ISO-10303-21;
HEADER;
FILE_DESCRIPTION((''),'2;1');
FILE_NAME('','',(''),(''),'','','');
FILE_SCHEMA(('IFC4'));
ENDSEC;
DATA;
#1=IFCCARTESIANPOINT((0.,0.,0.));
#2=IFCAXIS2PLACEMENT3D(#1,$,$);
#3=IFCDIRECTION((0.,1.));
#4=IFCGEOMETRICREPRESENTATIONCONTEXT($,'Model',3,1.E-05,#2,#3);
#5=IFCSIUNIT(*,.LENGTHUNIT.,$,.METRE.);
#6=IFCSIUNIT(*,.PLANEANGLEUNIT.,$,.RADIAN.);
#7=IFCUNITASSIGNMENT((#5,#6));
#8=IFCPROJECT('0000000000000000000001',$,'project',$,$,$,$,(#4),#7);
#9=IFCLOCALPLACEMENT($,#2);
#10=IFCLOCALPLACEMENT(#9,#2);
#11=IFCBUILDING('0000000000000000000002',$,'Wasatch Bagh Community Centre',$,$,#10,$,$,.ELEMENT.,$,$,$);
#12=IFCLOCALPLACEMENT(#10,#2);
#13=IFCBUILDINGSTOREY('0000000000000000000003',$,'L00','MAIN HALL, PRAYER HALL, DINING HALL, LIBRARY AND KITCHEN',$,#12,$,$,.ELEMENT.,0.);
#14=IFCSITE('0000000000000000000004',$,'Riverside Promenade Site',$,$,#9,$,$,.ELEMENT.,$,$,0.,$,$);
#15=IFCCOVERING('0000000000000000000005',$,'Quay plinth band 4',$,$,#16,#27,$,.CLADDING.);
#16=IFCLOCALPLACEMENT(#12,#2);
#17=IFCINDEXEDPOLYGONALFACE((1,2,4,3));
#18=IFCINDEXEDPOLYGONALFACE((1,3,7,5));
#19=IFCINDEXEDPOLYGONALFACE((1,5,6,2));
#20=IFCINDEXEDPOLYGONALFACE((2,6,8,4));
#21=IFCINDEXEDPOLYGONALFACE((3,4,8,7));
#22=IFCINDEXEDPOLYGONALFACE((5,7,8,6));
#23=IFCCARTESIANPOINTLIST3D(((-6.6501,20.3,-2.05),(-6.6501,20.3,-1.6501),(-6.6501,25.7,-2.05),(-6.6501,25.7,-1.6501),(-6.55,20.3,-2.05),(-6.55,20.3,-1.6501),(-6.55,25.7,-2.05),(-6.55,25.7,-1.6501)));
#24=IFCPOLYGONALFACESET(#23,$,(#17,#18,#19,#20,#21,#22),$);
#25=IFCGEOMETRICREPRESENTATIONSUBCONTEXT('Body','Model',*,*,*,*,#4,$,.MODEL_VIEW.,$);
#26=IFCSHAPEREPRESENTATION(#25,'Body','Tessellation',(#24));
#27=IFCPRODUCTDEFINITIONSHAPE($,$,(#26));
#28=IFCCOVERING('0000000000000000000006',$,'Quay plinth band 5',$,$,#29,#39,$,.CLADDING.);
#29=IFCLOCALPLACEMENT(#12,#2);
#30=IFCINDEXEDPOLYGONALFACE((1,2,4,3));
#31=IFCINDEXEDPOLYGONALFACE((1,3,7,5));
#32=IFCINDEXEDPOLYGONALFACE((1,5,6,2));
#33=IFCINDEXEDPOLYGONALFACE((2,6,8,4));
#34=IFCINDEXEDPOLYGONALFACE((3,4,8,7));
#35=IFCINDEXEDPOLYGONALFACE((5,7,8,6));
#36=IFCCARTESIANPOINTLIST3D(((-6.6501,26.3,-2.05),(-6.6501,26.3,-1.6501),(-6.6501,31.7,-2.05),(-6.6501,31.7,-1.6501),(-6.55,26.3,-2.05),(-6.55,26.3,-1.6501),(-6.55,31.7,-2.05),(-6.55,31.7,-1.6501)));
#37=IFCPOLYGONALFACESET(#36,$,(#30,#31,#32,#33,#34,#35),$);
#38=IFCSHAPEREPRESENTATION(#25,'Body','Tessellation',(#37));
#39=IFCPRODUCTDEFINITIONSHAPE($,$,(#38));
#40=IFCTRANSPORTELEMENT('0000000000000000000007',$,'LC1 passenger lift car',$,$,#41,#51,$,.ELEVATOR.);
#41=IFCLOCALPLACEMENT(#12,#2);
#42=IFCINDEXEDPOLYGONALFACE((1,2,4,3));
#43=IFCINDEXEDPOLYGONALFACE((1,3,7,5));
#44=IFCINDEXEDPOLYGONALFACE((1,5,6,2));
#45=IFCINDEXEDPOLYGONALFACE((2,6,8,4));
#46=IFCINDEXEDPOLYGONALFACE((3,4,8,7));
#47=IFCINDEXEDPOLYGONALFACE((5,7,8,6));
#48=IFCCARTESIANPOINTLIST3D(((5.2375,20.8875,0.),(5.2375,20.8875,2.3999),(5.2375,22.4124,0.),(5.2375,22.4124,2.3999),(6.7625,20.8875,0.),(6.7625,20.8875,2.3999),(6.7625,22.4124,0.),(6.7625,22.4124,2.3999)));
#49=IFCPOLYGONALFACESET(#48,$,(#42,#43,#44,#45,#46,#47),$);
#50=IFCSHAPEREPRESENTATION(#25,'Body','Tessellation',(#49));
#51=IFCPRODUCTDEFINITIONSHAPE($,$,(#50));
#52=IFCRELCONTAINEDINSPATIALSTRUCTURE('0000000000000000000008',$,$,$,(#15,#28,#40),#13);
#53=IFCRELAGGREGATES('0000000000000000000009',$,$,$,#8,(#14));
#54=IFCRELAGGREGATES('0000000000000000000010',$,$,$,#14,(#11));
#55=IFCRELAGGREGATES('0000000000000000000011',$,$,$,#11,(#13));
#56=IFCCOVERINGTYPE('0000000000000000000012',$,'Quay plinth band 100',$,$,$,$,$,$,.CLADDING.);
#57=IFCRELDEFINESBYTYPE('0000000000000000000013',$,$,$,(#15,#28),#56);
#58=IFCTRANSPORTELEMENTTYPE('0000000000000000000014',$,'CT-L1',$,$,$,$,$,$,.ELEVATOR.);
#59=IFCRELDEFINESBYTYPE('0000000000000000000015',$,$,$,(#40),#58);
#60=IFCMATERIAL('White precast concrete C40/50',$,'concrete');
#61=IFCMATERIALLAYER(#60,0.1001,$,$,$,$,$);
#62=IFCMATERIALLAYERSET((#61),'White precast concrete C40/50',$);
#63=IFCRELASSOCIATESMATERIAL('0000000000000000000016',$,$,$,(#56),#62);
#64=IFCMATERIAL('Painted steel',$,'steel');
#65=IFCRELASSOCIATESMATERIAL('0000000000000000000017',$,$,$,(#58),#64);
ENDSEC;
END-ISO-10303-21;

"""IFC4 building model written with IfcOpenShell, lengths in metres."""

from ifc_helpers import new_model, si_unit, direction, frame, origin, origin_2d, place, context, subcontext, project, spatial, rectangle, extrude, material, layer, layer_set, type_object, element, save


model = new_model("IFC4")

# Units and contexts
model_context = context("Model", 3, precision=1e-05, world=origin(), true_north=direction((0.0, 1.0)))
body_context = subcontext(model_context, "Body", "Model", "MODEL_VIEW")
ifc_project = project(units=[si_unit("LENGTHUNIT", "METRE"), si_unit("PLANEANGLEUNIT", "RADIAN")], contexts=[model_context])

# Site, building, storey
site_placement = place(None, origin())
site = spatial("IfcSite", under=ifc_project, at=site_placement, Name="Riverside Promenade Site", CompositionType="ELEMENT", RefElevation=0.0)
building_placement = place(site_placement, origin())
building = spatial("IfcBuilding", under=site, at=building_placement, Name="Wasatch Bagh Community Centre", CompositionType="ELEMENT")
storey_placement = place(building_placement, origin())
storey = spatial("IfcBuildingStorey", under=building, at=storey_placement, Name="L00", Description="MAIN HALL, PRAYER HALL, DINING HALL, LIBRARY AND KITCHEN", CompositionType="ELEMENT", Elevation=0.0)

# Coverings
ifc_material_1 = material(Name="White precast concrete C40/50", Category="concrete")
ifc_layer_1 = layer(ifc_material_1, 0.1001)
ifc_layer_set_1 = layer_set([ifc_layer_1], Name="White precast concrete C40/50")
covering_type = type_object("IfcCoveringType", Name="Quay plinth band 100", PredefinedType="CLADDING", material=ifc_layer_set_1)
for number, where, z_axis, x_axis, name in (
    (1, (-6.6001, 23.0, -2.05), (0.0, 0.0, 1.0), (1.0, 0.0, 0.0), "Quay plinth band 4"),
    (2, (-6.6001, 29.0, -2.05), (0.0, 0.0, 1.0), (1.0, 0.0, 0.0), "Quay plinth band 5"),
):
    element("IfcCovering", number, at=place(storey_placement, frame(where, z_axis=z_axis, x_axis=x_axis)), inside=storey, type_object=covering_type, Name=name, PredefinedType="CLADDING", context=body_context, shape_type="SweptSolid", body=[
        extrude(rectangle(XDim=0.1001, YDim=5.3999, at=origin_2d()), origin(), (0.0, 0.0, 1.0), 0.3999),
    ])

# Transport element
ifc_material_2 = material(Name="Painted steel", Category="steel")
transport_element_type = type_object("IfcTransportElementType", Name="CT-L1", PredefinedType="ELEVATOR", material=ifc_material_2)
transport_element_placement = place(storey_placement, frame((6.0, 21.6499, 0.0), z_axis=(0.0, 0.0, 1.0), x_axis=(1.0, 0.0, 0.0)))
element("IfcTransportElement", 3, at=transport_element_placement, inside=storey, type_object=transport_element_type, Name="LC1 passenger lift car", PredefinedType="ELEVATOR", context=body_context, shape_type="SweptSolid", body=[
    extrude(rectangle(XDim=1.5249, YDim=1.5249, at=origin_2d()), origin(), (0.0, 0.0, 1.0), 2.3999),
])

save(model, "model.ifc")
